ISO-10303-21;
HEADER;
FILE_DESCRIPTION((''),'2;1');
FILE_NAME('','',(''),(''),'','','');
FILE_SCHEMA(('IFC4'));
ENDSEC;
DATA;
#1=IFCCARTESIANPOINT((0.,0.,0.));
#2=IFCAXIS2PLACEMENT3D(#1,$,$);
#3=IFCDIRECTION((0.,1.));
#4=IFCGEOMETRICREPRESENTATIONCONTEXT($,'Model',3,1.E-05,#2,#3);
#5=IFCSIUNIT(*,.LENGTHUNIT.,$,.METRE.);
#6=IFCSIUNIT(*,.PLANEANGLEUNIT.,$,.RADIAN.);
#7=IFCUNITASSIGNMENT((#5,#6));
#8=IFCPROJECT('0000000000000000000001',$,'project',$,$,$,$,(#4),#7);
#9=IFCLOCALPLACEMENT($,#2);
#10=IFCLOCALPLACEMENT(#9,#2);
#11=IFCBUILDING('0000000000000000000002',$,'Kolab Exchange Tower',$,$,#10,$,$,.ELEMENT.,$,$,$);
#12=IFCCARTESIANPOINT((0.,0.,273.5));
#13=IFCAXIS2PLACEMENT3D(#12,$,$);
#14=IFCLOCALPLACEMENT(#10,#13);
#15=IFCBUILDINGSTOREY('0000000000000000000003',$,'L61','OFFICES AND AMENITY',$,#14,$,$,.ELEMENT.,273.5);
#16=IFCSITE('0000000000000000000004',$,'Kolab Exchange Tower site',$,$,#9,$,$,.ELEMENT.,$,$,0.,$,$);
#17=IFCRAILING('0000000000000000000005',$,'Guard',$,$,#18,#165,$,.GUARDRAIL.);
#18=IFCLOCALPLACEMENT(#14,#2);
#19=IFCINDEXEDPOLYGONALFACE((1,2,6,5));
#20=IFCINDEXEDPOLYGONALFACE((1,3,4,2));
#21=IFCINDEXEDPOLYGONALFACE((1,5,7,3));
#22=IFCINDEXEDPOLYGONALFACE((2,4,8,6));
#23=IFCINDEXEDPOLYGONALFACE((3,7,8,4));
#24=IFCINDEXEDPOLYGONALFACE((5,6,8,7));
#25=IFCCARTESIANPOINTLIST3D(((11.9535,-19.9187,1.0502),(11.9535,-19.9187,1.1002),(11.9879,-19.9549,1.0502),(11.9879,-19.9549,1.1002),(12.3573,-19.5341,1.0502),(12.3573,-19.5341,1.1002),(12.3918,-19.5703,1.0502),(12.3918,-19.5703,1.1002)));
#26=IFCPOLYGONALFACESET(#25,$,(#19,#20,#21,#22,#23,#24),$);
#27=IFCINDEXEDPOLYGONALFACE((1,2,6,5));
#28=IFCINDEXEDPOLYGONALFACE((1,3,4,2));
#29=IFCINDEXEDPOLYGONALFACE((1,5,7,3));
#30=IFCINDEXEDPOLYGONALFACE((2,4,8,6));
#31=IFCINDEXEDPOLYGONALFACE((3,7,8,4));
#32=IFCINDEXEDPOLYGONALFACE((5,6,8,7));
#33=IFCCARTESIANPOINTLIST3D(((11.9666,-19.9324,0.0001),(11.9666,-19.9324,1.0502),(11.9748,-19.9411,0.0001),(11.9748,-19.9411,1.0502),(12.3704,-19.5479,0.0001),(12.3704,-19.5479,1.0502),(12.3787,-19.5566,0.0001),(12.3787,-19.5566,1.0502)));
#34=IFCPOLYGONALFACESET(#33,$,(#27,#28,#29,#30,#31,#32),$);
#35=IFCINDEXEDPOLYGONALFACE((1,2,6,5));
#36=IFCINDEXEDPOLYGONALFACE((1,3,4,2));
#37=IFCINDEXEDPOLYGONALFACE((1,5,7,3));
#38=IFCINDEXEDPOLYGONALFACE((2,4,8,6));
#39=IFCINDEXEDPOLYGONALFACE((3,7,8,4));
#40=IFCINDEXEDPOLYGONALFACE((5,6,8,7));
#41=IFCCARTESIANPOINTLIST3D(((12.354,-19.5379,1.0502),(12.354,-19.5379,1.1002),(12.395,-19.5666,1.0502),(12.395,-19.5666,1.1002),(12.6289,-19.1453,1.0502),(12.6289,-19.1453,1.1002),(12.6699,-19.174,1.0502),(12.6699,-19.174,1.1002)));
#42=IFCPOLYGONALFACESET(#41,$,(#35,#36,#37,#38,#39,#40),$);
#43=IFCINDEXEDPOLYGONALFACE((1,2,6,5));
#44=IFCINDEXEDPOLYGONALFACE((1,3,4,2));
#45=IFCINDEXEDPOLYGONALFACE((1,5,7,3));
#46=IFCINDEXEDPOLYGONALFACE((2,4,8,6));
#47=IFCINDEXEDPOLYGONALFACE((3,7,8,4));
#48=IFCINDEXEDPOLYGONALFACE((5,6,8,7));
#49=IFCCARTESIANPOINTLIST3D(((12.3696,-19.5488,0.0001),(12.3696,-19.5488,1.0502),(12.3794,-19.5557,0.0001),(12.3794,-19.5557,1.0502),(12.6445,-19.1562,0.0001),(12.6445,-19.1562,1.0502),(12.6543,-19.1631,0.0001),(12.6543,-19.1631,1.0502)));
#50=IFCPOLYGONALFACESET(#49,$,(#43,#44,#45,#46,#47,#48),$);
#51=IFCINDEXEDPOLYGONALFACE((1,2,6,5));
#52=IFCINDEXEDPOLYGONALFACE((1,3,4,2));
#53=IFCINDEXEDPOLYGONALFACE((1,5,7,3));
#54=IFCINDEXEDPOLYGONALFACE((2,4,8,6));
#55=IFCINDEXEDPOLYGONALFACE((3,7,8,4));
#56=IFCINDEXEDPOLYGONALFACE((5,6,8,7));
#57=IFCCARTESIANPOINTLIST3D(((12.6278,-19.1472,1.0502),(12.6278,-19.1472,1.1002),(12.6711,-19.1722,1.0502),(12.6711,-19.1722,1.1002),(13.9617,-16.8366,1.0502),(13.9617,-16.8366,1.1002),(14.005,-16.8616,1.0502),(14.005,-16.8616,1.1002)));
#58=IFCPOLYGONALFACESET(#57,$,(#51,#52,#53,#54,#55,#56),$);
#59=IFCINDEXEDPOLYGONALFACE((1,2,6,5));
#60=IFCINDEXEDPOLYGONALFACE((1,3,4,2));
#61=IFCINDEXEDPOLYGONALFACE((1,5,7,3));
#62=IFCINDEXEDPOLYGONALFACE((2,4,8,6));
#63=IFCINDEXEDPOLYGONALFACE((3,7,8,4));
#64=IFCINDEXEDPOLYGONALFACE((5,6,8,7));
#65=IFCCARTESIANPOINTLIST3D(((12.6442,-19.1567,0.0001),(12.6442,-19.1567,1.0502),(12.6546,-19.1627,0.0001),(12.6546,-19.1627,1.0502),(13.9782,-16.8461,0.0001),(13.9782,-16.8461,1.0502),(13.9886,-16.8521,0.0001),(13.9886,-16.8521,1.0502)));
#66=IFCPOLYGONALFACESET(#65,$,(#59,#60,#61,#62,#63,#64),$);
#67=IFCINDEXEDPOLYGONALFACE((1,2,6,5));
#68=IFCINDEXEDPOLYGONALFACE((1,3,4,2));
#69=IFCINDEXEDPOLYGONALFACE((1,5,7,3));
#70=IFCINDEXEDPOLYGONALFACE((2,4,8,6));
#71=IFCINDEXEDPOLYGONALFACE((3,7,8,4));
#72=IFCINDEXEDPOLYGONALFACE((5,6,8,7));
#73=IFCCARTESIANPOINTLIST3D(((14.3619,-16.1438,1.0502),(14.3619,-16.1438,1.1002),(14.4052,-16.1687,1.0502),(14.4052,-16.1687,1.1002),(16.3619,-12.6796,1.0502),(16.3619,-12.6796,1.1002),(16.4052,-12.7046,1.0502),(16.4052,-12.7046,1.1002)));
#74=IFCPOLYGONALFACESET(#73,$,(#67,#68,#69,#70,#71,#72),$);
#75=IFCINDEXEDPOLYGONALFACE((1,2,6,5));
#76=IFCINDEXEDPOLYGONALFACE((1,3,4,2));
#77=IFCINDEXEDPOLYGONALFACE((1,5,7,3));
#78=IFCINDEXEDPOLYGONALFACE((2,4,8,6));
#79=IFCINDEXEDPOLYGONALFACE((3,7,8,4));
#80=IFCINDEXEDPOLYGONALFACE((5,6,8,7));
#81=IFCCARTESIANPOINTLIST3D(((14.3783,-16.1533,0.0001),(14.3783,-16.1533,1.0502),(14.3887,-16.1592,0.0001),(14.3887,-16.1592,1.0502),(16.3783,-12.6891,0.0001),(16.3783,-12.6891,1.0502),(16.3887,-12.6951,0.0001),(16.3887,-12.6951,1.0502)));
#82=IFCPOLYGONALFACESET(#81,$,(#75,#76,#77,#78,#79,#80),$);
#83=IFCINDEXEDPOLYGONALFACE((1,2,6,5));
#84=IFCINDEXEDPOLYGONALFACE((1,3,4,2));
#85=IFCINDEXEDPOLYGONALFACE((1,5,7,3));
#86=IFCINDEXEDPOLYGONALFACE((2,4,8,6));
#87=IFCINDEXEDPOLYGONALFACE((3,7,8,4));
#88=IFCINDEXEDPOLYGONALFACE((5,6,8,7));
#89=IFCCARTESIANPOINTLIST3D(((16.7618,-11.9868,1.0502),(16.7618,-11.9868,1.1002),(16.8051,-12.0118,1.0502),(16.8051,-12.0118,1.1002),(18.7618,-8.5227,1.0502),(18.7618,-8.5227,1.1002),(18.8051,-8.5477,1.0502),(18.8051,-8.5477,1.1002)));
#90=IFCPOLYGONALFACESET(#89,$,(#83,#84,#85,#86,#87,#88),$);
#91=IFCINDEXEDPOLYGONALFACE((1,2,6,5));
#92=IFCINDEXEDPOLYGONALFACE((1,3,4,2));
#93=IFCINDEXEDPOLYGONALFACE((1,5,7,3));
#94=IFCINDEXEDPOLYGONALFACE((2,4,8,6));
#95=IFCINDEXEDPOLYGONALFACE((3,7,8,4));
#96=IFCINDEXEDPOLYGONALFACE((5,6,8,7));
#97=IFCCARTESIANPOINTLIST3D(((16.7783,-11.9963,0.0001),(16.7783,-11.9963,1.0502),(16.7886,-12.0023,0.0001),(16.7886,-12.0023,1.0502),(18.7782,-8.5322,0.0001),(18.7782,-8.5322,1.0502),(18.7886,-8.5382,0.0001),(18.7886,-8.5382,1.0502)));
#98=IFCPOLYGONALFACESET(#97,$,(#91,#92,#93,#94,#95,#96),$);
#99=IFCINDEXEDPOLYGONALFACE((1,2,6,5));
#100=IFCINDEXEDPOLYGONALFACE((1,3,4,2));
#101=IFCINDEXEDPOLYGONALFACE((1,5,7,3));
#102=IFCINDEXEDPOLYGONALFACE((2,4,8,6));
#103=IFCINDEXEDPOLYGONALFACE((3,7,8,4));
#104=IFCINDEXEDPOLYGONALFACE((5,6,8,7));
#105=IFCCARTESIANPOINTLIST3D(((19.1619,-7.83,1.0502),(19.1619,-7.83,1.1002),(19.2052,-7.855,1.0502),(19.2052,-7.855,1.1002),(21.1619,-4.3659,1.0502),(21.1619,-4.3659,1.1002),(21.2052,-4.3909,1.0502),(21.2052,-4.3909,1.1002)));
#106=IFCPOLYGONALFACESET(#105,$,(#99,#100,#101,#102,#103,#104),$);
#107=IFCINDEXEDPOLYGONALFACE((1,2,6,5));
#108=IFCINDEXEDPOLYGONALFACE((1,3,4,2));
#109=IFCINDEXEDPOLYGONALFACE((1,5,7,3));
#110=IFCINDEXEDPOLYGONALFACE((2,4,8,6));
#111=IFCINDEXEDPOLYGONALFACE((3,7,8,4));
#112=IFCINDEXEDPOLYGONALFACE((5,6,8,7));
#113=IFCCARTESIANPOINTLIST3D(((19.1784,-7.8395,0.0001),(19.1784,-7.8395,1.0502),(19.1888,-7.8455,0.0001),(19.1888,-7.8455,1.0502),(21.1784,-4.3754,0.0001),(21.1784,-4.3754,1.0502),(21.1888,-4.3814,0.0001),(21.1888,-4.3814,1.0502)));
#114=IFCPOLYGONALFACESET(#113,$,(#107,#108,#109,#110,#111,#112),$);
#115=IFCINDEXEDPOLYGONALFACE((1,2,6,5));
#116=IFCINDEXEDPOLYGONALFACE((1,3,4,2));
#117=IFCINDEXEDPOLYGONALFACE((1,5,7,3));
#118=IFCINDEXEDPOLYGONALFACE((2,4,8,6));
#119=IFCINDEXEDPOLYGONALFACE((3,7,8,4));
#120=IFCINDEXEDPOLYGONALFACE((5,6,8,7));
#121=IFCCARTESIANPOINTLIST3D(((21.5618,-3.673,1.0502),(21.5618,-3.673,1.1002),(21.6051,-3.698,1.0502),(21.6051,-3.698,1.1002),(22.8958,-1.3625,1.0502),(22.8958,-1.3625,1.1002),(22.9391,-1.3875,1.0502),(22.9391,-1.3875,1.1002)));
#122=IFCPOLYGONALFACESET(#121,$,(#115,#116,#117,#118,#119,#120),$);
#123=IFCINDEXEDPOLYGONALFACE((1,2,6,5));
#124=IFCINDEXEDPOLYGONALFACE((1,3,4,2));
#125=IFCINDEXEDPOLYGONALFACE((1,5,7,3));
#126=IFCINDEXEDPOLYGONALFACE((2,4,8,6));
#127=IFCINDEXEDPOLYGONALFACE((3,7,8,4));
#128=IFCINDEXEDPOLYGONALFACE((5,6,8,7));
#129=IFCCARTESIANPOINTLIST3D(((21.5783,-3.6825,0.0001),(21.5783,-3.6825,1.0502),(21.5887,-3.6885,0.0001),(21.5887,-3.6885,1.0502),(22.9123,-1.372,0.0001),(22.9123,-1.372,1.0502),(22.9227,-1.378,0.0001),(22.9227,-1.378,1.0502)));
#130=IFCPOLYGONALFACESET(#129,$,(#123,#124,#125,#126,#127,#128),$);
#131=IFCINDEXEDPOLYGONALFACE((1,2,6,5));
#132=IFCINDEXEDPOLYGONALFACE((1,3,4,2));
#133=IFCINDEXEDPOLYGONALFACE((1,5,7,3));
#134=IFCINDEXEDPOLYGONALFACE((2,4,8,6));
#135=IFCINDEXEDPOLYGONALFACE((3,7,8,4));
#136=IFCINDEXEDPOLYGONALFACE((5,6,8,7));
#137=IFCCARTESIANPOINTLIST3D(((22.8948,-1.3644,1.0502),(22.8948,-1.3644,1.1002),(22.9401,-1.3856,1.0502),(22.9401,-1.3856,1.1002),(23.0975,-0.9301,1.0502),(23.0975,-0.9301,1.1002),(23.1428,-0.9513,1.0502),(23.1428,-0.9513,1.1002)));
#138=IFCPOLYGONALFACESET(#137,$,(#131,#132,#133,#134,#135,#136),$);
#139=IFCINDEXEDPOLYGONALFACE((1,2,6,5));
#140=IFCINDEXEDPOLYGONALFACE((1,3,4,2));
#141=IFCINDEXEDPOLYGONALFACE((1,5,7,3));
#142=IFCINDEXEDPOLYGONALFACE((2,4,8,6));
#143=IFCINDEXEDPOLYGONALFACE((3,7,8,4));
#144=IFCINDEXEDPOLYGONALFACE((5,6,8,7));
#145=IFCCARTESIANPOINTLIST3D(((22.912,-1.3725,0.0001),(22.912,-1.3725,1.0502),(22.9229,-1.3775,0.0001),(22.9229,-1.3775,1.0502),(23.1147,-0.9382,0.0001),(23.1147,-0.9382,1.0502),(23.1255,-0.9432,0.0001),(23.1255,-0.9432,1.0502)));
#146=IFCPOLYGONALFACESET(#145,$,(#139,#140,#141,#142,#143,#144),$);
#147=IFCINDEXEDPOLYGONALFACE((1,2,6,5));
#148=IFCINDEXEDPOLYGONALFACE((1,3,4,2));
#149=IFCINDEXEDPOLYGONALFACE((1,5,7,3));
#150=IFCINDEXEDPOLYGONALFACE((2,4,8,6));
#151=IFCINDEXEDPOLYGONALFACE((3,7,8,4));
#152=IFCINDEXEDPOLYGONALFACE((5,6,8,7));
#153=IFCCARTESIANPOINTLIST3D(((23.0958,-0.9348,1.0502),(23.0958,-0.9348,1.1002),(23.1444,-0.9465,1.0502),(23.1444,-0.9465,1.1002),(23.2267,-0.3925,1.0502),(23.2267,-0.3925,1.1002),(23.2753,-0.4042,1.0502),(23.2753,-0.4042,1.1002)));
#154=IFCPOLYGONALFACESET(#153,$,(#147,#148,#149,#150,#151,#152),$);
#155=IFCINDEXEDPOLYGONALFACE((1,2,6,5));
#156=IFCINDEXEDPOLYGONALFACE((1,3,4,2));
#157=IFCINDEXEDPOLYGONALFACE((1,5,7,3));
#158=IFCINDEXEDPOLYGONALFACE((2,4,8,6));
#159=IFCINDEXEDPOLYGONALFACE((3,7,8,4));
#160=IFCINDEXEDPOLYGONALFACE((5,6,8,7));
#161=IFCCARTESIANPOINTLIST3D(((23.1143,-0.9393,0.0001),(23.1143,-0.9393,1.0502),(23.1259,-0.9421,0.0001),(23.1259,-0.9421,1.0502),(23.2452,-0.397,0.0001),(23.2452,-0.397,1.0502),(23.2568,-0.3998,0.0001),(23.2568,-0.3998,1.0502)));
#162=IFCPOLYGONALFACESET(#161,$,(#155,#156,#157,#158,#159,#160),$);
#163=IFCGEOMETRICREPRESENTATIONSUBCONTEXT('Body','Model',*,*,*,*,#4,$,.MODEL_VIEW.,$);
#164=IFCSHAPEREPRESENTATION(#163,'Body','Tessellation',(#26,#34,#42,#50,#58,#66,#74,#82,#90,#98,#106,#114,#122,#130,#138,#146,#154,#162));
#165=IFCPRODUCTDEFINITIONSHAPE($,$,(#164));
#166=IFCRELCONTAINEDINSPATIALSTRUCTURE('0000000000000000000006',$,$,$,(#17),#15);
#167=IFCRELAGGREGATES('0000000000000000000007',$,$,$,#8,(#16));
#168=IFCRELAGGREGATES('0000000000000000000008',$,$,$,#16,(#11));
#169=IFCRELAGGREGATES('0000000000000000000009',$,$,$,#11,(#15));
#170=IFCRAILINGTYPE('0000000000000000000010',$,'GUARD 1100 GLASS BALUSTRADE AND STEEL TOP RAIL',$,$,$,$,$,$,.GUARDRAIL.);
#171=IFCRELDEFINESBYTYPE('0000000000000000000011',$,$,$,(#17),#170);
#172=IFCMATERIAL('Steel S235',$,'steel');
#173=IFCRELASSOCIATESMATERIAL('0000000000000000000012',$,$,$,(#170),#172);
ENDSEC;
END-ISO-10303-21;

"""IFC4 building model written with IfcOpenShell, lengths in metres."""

from ifc_helpers import new_model, si_unit, direction, frame, frame_2d, origin, origin_2d, place, context, subcontext, project, spatial, rectangle, extrude, material, type_object, element, save


model = new_model("IFC4")

# Units and contexts
model_context = context("Model", 3, precision=1e-05, world=origin(), true_north=direction((0.0, 1.0)))
body_context = subcontext(model_context, "Body", "Model", "MODEL_VIEW")
ifc_project = project(units=[si_unit("LENGTHUNIT", "METRE"), si_unit("PLANEANGLEUNIT", "RADIAN")], contexts=[model_context])

# Site, building, storey
site_placement = place(None, origin())
site = spatial("IfcSite", under=ifc_project, at=site_placement, Name="Kolab Exchange Tower site", CompositionType="ELEMENT", RefElevation=0.0)
building_placement = place(site_placement, origin())
building = spatial("IfcBuilding", under=site, at=building_placement, Name="Kolab Exchange Tower", CompositionType="ELEMENT")
storey_placement = place(building_placement, frame((0.0, 0.0, 273.5)))
storey = spatial("IfcBuildingStorey", under=building, at=storey_placement, Name="L61", Description="OFFICES AND AMENITY", CompositionType="ELEMENT", Elevation=273.5)

# Railing
ifc_material_1 = material(Name="Steel S235", Category="steel")
railing_type = type_object("IfcRailingType", Name="GUARD 1100 GLASS BALUSTRADE AND STEEL TOP RAIL", PredefinedType="GUARDRAIL", material=ifc_material_1)
railing_placement = place(storey_placement, frame((11.9707, -19.9368, 0.0)))
element("IfcRailing", 1, at=railing_placement, inside=storey, type_object=railing_type, Name="Guard", PredefinedType="GUARDRAIL", context=body_context, shape_type="SweptSolid", body=[
    extrude(rectangle(XDim=0.05, YDim=0.05, at=origin_2d()), frame((0.0, 0.0, 1.0752), z_axis=(0.72419, 0.689601, 0.0), x_axis=(-0.689601, 0.72419, 0.0)), (0.0, 0.0, 1.0), 0.5576),
    extrude(rectangle(XDim=0.012, YDim=1.0501, at=frame_2d((0.0, 0.5251))), frame((0.0, 0.0, 0.0), z_axis=(0.72419, 0.689601, 0.0), x_axis=(-0.689601, 0.72419, 0.0)), (0.0, 0.0, 1.0), 0.5576),
    extrude(rectangle(XDim=0.05, YDim=0.05, at=origin_2d()), frame((0.4038, 0.3845, 1.0752), z_axis=(0.573599, 0.819136, 0.0), x_axis=(-0.819136, 0.573599, 0.0)), (0.0, 0.0, 1.0), 0.4792),
    extrude(rectangle(XDim=0.012, YDim=1.0501, at=frame_2d((0.0, 0.5251))), frame((0.4038, 0.3845, 0.0), z_axis=(0.573599, 0.819136, 0.0), x_axis=(-0.819136, 0.573599, 0.0)), (0.0, 0.0, 1.0), 0.4792),
    extrude(rectangle(XDim=0.05, YDim=0.05, at=origin_2d()), frame((0.6787, 0.7771, 1.0752), z_axis=(0.499997, 0.866027, 0.0), x_axis=(-0.866027, 0.499997, 0.0)), (0.0, 0.0, 1.0), 2.668),
    extrude(rectangle(XDim=0.012, YDim=1.0501, at=frame_2d((0.0, 0.5251))), frame((0.6787, 0.7771, 0.0), z_axis=(0.499997, 0.866027, 0.0), x_axis=(-0.866027, 0.499997, 0.0)), (0.0, 0.0, 1.0), 2.668),
    extrude(rectangle(XDim=0.05, YDim=0.05, at=origin_2d()), frame((2.4128, 3.7805, 1.0752), z_axis=(0.499999, 0.866026, 0.0), x_axis=(-0.866026, 0.499999, 0.0)), (0.0, 0.0, 1.0), 4.0),
    extrude(rectangle(XDim=0.012, YDim=1.0501, at=frame_2d((0.0, 0.5251))), frame((2.4128, 3.7805, 0.0), z_axis=(0.499999, 0.866026, 0.0), x_axis=(-0.866026, 0.499999, 0.0)), (0.0, 0.0, 1.0), 4.0),
    extrude(rectangle(XDim=0.05, YDim=0.05, at=origin_2d()), frame((4.8127, 7.9375, 1.0752), z_axis=(0.499999, 0.866026, 0.0), x_axis=(-0.866026, 0.499999, 0.0)), (0.0, 0.0, 1.0), 4.0),
    extrude(rectangle(XDim=0.012, YDim=1.0501, at=frame_2d((0.0, 0.5251))), frame((4.8127, 7.9375, 0.0), z_axis=(0.499999, 0.866026, 0.0), x_axis=(-0.866026, 0.499999, 0.0)), (0.0, 0.0, 1.0), 4.0),
    extrude(rectangle(XDim=0.05, YDim=0.05, at=origin_2d()), frame((7.2129, 12.0942, 1.0752), z_axis=(0.499999, 0.866026, 0.0), x_axis=(-0.866026, 0.499999, 0.0)), (0.0, 0.0, 1.0), 4.0),
    extrude(rectangle(XDim=0.012, YDim=1.0501, at=frame_2d((0.0, 0.5251))), frame((7.2129, 12.0942, 0.0), z_axis=(0.499999, 0.866026, 0.0), x_axis=(-0.866026, 0.499999, 0.0)), (0.0, 0.0, 1.0), 4.0),
    extrude(rectangle(XDim=0.05, YDim=0.05, at=origin_2d()), frame((9.6128, 16.2512, 1.0752), z_axis=(0.499997, 0.866027, 0.0), x_axis=(-0.866027, 0.499997, 0.0)), (0.0, 0.0, 1.0), 2.668),
    extrude(rectangle(XDim=0.012, YDim=1.0501, at=frame_2d((0.0, 0.5251))), frame((9.6128, 16.2512, 0.0), z_axis=(0.499997, 0.866027, 0.0), x_axis=(-0.866027, 0.499997, 0.0)), (0.0, 0.0, 1.0), 2.668),
    extrude(rectangle(XDim=0.05, YDim=0.05, at=origin_2d()), frame((10.9468, 18.5618, 1.0752), z_axis=(0.422802, 0.906222, 0.0), x_axis=(-0.906222, 0.422802, 0.0)), (0.0, 0.0, 1.0), 0.4792),
    extrude(rectangle(XDim=0.012, YDim=1.0501, at=frame_2d((0.0, 0.5251))), frame((10.9468, 18.5618, 0.0), z_axis=(0.422802, 0.906222, 0.0), x_axis=(-0.906222, 0.422802, 0.0)), (0.0, 0.0, 1.0), 0.4792),
    extrude(rectangle(XDim=0.05, YDim=0.05, at=origin_2d()), frame((11.1494, 18.9961, 1.0752), z_axis=(0.234598, 0.972093, 0.0), x_axis=(-0.972093, 0.234598, 0.0)), (0.0, 0.0, 1.0), 0.5579),
    extrude(rectangle(XDim=0.012, YDim=1.0501, at=frame_2d((0.0, 0.5251))), frame((11.1494, 18.9961, 0.0), z_axis=(0.234598, 0.972093, 0.0), x_axis=(-0.972093, 0.234598, 0.0)), (0.0, 0.0, 1.0), 0.5579),
])

save(model, "model.ifc")
